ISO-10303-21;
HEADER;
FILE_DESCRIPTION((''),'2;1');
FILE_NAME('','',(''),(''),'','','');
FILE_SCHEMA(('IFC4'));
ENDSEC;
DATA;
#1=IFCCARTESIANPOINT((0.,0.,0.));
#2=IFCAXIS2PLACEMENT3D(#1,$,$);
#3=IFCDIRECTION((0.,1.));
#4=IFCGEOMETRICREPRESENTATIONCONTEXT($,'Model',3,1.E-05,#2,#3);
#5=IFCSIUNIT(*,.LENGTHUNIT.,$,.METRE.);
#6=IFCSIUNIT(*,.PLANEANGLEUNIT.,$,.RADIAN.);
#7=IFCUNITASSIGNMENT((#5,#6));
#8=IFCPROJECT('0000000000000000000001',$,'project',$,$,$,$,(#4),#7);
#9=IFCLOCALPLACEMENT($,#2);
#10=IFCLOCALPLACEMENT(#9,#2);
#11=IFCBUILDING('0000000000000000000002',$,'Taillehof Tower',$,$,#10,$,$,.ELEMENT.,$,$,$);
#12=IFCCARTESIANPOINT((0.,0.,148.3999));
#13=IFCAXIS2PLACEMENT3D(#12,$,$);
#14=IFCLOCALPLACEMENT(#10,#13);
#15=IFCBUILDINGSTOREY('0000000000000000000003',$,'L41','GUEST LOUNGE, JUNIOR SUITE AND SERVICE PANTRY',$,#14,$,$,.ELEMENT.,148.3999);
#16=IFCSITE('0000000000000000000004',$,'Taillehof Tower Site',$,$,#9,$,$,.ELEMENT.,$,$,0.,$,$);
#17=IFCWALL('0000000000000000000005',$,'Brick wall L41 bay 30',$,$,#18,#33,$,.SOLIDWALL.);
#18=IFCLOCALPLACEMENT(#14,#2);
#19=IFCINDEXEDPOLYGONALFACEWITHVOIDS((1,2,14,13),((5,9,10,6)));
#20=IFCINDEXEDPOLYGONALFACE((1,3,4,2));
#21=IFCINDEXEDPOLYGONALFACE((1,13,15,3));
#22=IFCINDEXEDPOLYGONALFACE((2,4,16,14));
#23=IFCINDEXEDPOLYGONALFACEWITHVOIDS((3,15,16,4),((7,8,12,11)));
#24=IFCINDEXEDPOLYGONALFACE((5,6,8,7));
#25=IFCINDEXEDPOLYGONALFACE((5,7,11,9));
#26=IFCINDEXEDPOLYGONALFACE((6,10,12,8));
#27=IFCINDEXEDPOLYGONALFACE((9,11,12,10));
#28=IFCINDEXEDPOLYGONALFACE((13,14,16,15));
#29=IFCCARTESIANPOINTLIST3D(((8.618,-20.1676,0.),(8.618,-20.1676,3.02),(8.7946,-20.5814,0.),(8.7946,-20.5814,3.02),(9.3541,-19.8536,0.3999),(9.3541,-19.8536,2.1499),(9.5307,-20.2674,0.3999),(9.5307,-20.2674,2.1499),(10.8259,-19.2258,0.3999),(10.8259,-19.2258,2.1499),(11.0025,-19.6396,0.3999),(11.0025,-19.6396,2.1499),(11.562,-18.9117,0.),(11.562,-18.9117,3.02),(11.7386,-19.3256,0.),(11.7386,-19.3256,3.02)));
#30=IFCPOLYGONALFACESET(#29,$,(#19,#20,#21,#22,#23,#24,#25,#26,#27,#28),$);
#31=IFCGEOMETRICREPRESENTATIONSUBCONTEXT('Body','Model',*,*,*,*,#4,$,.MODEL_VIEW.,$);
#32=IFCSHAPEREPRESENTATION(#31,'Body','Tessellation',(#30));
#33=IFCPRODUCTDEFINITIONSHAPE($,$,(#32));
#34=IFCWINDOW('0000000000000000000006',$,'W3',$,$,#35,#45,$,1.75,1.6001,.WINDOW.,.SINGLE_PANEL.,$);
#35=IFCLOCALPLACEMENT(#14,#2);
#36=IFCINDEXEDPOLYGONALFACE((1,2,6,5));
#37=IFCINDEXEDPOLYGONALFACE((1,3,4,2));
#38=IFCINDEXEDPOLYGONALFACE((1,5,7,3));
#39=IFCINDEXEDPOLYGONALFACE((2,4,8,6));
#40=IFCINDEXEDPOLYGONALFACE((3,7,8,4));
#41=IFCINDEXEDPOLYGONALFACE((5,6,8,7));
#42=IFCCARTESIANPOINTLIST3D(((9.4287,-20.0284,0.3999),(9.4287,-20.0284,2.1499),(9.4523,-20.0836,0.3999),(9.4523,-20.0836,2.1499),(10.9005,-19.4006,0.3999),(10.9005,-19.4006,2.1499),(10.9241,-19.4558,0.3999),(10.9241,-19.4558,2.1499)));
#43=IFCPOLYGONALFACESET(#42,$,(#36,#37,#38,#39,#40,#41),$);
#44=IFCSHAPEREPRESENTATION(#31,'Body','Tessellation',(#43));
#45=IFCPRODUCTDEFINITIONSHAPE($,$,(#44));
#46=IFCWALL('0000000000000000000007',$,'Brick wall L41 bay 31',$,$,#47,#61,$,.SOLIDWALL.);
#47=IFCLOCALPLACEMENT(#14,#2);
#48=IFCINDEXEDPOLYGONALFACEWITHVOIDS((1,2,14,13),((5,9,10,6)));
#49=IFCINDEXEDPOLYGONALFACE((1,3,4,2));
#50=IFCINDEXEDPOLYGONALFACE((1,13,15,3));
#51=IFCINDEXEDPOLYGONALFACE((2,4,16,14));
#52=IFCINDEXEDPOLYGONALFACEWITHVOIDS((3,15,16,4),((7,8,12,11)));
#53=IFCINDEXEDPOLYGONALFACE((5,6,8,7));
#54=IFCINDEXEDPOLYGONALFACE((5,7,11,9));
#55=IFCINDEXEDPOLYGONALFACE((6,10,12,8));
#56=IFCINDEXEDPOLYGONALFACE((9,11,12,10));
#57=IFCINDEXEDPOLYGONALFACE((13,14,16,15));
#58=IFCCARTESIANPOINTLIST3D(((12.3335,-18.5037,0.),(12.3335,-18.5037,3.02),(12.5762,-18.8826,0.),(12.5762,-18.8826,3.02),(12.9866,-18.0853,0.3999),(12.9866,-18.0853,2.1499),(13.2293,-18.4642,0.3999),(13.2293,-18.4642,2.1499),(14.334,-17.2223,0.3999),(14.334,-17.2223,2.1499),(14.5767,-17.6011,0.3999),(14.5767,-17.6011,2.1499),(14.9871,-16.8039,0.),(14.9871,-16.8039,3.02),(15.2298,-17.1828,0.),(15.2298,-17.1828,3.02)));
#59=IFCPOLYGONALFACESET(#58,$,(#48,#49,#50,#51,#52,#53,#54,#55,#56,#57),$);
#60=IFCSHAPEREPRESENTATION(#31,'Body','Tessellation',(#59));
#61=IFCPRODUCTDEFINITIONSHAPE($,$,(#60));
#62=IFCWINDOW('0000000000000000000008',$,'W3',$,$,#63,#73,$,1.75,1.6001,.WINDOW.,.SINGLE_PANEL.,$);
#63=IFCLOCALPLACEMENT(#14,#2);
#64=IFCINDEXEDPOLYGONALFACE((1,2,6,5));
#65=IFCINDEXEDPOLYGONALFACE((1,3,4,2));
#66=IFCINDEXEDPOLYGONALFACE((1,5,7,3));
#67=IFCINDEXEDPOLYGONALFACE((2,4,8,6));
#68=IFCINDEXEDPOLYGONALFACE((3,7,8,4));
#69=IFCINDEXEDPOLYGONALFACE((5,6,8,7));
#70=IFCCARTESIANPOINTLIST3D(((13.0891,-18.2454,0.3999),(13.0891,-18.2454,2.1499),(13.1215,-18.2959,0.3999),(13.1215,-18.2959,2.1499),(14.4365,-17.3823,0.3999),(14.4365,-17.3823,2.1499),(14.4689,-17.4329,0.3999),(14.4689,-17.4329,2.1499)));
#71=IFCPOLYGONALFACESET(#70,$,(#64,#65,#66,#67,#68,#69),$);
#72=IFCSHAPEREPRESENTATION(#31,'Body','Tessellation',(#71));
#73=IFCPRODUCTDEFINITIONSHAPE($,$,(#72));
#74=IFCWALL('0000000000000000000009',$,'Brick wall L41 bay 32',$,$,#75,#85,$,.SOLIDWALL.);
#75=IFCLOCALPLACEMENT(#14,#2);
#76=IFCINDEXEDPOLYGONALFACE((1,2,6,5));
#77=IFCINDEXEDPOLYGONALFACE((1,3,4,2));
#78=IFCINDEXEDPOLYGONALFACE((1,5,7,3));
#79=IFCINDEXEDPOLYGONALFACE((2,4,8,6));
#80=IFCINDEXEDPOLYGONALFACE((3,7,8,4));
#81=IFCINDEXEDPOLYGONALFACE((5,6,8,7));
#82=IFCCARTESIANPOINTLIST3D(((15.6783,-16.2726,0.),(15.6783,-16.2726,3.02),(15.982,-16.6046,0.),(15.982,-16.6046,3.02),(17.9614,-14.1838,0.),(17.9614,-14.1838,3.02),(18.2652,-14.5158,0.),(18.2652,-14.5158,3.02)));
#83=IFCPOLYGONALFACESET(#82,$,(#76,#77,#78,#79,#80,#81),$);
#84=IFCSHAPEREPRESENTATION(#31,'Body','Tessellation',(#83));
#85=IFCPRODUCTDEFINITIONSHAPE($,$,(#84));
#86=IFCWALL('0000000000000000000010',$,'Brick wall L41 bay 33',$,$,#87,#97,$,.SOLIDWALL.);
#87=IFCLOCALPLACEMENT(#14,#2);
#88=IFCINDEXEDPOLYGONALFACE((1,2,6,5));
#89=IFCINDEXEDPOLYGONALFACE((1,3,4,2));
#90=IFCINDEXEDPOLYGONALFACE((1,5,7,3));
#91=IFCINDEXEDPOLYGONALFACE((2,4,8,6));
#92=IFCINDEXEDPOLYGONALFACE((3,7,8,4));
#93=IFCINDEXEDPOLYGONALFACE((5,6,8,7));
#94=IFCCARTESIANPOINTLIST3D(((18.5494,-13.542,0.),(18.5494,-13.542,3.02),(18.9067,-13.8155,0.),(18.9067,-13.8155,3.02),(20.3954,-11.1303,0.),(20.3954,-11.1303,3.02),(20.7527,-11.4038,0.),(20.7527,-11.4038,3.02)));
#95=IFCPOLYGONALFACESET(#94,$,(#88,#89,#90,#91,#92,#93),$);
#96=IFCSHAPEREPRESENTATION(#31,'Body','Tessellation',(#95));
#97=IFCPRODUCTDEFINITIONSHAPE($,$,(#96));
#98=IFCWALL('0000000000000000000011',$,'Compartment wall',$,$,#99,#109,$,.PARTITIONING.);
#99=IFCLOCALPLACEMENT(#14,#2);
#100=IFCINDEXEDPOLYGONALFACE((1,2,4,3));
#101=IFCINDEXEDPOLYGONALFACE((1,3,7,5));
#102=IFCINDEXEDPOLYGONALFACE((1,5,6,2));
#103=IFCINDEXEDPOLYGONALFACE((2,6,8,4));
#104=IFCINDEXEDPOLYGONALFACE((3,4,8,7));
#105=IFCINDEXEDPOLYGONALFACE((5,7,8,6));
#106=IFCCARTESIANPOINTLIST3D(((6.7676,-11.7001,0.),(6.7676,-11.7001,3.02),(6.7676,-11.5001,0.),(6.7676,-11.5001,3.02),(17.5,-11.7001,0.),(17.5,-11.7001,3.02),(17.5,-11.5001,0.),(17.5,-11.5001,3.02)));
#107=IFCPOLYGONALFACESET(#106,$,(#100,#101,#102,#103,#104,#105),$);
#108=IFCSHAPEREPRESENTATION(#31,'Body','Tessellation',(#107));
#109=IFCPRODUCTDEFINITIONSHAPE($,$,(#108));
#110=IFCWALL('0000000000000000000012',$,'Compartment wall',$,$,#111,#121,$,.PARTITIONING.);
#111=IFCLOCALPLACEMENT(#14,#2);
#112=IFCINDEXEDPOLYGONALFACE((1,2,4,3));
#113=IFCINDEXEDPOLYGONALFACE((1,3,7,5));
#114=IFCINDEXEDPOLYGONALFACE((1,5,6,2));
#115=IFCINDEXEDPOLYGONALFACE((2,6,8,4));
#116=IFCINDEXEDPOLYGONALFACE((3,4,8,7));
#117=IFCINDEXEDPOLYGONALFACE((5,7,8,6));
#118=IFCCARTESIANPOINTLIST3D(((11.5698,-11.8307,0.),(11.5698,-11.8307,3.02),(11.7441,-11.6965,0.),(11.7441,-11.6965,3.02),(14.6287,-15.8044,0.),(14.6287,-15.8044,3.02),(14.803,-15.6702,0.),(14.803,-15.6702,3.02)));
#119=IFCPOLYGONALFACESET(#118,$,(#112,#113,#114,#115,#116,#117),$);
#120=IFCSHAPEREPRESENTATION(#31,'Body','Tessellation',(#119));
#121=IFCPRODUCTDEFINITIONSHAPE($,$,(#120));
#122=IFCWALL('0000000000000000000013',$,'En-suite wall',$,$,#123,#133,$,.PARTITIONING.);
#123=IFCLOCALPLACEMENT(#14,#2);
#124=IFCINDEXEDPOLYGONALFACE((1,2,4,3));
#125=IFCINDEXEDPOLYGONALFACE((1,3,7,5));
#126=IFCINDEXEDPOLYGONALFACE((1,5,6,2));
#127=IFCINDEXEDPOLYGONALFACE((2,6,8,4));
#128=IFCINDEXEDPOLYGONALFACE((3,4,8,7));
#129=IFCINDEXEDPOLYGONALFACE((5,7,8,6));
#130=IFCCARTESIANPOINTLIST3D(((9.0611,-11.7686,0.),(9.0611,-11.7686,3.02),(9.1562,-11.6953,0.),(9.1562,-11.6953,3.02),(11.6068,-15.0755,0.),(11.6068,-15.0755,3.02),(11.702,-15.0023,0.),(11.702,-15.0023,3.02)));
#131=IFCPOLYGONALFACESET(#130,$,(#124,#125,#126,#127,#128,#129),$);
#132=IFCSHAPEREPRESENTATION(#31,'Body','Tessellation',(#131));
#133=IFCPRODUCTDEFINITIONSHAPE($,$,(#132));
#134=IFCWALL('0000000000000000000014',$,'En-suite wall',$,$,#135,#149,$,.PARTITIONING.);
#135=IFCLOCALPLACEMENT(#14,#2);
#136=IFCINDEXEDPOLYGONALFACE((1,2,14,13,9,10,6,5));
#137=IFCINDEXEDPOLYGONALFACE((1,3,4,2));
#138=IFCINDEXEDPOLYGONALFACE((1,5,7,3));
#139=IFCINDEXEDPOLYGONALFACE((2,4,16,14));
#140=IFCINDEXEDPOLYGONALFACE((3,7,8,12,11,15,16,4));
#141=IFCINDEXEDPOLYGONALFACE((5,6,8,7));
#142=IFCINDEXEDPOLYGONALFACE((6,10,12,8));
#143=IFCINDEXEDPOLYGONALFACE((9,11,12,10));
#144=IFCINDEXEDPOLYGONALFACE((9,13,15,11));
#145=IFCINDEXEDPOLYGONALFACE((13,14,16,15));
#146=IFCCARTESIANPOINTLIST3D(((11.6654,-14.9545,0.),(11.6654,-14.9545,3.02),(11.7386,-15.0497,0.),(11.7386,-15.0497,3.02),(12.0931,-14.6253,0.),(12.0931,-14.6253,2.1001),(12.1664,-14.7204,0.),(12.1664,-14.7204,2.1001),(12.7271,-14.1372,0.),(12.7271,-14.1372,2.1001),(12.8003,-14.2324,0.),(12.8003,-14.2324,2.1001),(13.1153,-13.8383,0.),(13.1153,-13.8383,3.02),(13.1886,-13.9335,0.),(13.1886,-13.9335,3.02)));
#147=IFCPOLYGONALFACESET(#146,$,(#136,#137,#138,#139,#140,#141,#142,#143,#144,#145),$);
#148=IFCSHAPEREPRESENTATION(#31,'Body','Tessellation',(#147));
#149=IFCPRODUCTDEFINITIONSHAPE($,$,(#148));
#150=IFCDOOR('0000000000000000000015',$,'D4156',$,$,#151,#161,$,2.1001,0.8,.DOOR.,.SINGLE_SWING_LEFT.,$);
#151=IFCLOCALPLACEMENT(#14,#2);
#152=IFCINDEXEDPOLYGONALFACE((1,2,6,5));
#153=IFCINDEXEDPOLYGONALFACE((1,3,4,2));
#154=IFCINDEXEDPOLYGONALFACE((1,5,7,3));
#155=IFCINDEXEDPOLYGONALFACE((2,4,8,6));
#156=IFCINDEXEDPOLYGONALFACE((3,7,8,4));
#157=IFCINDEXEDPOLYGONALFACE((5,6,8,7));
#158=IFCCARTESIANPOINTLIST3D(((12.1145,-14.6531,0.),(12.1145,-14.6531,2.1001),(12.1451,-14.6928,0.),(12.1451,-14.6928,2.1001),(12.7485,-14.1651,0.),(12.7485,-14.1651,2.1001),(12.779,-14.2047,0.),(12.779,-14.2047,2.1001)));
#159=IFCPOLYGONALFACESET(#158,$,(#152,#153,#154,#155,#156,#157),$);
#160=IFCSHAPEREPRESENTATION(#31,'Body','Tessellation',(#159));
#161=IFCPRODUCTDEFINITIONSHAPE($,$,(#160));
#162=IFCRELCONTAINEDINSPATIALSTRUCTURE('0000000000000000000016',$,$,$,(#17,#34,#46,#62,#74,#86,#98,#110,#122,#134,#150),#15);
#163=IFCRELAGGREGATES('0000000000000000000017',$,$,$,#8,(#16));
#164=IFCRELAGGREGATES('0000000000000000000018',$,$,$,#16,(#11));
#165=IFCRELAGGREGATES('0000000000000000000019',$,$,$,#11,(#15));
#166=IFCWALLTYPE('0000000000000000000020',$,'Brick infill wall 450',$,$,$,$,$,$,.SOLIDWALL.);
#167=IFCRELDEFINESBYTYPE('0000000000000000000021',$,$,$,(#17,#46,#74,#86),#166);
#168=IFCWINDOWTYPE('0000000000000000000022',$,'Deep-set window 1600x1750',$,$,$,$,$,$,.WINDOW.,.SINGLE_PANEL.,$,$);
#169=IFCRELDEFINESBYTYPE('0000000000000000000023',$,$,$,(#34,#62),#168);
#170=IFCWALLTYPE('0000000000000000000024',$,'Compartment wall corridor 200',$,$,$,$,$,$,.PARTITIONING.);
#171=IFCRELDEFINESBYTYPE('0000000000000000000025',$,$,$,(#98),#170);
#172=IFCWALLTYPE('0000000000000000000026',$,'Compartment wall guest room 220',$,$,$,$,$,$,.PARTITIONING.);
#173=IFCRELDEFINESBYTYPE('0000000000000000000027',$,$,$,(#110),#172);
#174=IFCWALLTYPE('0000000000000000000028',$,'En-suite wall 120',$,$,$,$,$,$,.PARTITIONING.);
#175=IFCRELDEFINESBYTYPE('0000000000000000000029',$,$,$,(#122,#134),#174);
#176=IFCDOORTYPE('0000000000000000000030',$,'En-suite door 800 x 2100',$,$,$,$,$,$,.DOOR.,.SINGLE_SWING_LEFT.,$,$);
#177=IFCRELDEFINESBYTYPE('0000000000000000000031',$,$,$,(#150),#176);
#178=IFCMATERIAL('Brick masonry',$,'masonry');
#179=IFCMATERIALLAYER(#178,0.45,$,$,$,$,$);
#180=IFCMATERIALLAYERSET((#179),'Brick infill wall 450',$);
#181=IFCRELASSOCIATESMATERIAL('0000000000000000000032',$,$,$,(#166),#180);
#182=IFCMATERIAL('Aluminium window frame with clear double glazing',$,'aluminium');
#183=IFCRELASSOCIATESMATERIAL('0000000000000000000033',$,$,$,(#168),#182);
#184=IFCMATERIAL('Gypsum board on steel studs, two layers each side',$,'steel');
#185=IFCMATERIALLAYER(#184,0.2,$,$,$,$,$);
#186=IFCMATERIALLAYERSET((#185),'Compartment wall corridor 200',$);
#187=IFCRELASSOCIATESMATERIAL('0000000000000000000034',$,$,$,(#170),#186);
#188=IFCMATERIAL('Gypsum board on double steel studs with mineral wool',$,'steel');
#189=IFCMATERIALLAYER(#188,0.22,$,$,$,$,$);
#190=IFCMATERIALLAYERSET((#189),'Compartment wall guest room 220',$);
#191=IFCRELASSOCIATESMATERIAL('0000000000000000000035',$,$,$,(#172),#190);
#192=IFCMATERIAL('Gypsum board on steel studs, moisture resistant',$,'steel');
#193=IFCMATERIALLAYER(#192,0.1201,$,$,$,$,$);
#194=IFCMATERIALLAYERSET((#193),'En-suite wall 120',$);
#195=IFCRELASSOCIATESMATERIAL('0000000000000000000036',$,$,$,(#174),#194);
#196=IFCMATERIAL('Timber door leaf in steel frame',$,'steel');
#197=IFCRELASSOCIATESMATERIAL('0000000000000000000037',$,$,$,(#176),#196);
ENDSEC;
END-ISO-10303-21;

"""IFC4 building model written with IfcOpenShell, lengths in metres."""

from ifc_helpers import new_model, si_unit, direction, frame, frame_2d, origin, place, context, subcontext, project, spatial, rectangle, extrude, material, layer, layer_set, type_object, element, fill, save


model = new_model("IFC4")

# Units and contexts
model_context = context("Model", 3, precision=1e-05, world=origin(), true_north=direction((0.0, 1.0)))
body_context = subcontext(model_context, "Body", "Model", "MODEL_VIEW")
ifc_project = project(units=[si_unit("LENGTHUNIT", "METRE"), si_unit("PLANEANGLEUNIT", "RADIAN")], contexts=[model_context])

# Site, building, storey
site_placement = place(None, origin())
site = spatial("IfcSite", under=ifc_project, at=site_placement, Name="Taillehof Tower Site", CompositionType="ELEMENT", RefElevation=0.0)
building_placement = place(site_placement, origin())
building = spatial("IfcBuilding", under=site, at=building_placement, Name="Taillehof Tower", CompositionType="ELEMENT")
storey_placement = place(building_placement, frame((0.0, 0.0, 148.3999)))
storey = spatial("IfcBuildingStorey", under=building, at=storey_placement, Name="L41", Description="GUEST LOUNGE, JUNIOR SUITE AND SERVICE PANTRY", CompositionType="ELEMENT", Elevation=148.3999)

# Walls, openings, windows
ifc_material_1 = material(Name="Brick masonry", Category="masonry")
ifc_layer_1 = layer(ifc_material_1, 0.45)
ifc_layer_set_1 = layer_set([ifc_layer_1], Name="Brick infill wall 450")
wall_type_1 = type_object("IfcWallType", Name="Brick infill wall 450", PredefinedType="SOLIDWALL", material=ifc_layer_set_1)
wall_1_placement = place(storey_placement, frame((8.7063, -20.3745, 0.0), z_axis=(0.0, 0.0, 1.0), x_axis=(0.91981, 0.392363, 0.0)))
wall_1 = element("IfcWall", 1, at=wall_1_placement, inside=storey, type_object=wall_type_1, Name="Brick wall L41 bay 30", PredefinedType="SOLIDWALL", context=body_context, shape_type="SweptSolid", body=[
    extrude(rectangle(XDim=3.2007, YDim=0.45, at=frame_2d((1.6003, 0.0))), origin(), (0.0, 0.0, 1.0), 3.02),
])
opening_1_placement = place(wall_1_placement, frame((0.8003, 0.0, 0.3999)))
opening_1 = element("IfcOpeningElement", 2, at=opening_1_placement, cuts=wall_1, PredefinedType="OPENING", context=body_context, shape_type="SweptSolid", body=[
    extrude(rectangle(XDim=1.6001, YDim=1.75, at=frame_2d((0.8, 0.875))), frame((0.0, 0.2349, 0.0), z_axis=(0.0, -1.0, 0.0), x_axis=(1.0, 0.0, 0.0)), (0.0, 0.0, 1.0), 0.47),
])
ifc_material_2 = material(Name="Aluminium window frame with clear double glazing", Category="aluminium")
window_type = type_object("IfcWindowType", Name="Deep-set window 1600x1750", PartitioningType="SINGLE_PANEL", PredefinedType="WINDOW", material=ifc_material_2)
window_1_placement = place(opening_1_placement, origin())
window_1 = element("IfcWindow", 3, at=window_1_placement, inside=storey, type_object=window_type, Name="W3", OverallHeight=1.75, OverallWidth=1.6001, PartitioningType="SINGLE_PANEL", PredefinedType="WINDOW", context=body_context, shape_type="SweptSolid", body=[
    extrude(rectangle(XDim=1.6001, YDim=1.75, at=frame_2d((0.8, 0.875))), frame((0.0, 0.0349, 0.0), z_axis=(0.0, -1.0, 0.0), x_axis=(1.0, 0.0, 0.0)), (0.0, 0.0, 1.0), 0.0601),
])
fill(opening_1, window_1)
wall_2_placement = place(storey_placement, frame((12.4548, -18.6931, 0.0), z_axis=(0.0, 0.0, 1.0), x_axis=(0.842066, 0.539375, 0.0)))
wall_2 = element("IfcWall", 4, at=wall_2_placement, inside=storey, type_object=wall_type_1, Name="Brick wall L41 bay 31", PredefinedType="SOLIDWALL", context=body_context, shape_type="SweptSolid", body=[
    extrude(rectangle(XDim=3.1514, YDim=0.45, at=frame_2d((1.5757, 0.0))), origin(), (0.0, 0.0, 1.0), 3.02),
])
opening_2_placement = place(wall_2_placement, frame((0.7756, 0.0, 0.3999)))
opening_2 = element("IfcOpeningElement", 5, at=opening_2_placement, cuts=wall_2, PredefinedType="OPENING", context=body_context, shape_type="SweptSolid", body=[
    extrude(rectangle(XDim=1.6001, YDim=1.75, at=frame_2d((0.8, 0.875))), frame((0.0, 0.2349, 0.0), z_axis=(0.0, -1.0, 0.0), x_axis=(1.0, 0.0, 0.0)), (0.0, 0.0, 1.0), 0.47),
])
window_2_placement = place(opening_2_placement, origin())
window_2 = element("IfcWindow", 6, at=window_2_placement, inside=storey, type_object=window_type, Name="W3", OverallHeight=1.75, OverallWidth=1.6001, PartitioningType="SINGLE_PANEL", PredefinedType="WINDOW", context=body_context, shape_type="SweptSolid", body=[
    extrude(rectangle(XDim=1.6001, YDim=1.75, at=frame_2d((0.8, 0.875))), frame((0.0, 0.0349, 0.0), z_axis=(0.0, -1.0, 0.0), x_axis=(1.0, 0.0, 0.0)), (0.0, 0.0, 1.0), 0.0601),
])
fill(opening_2, window_2)

# Walls
wall_3_placement = place(storey_placement, frame((15.8301, -16.4387, 0.0), z_axis=(0.0, 0.0, 1.0), x_axis=(0.737809, 0.67501, 0.0)))
element("IfcWall", 7, at=wall_3_placement, inside=storey, type_object=wall_type_1, Name="Brick wall L41 bay 32", PredefinedType="SOLIDWALL", context=body_context, shape_type="SweptSolid", body=[
    extrude(rectangle(XDim=3.0945, YDim=0.45, at=frame_2d((1.5474, 0.0))), origin(), (0.0, 0.0, 1.0), 3.02),
])
wall_4_placement = place(storey_placement, frame((18.728, -13.6787, 0.0), z_axis=(0.0, 0.0, 1.0), x_axis=(0.607817, 0.794077, 0.0)))
element("IfcWall", 8, at=wall_4_placement, inside=storey, type_object=wall_type_1, Name="Brick wall L41 bay 33", PredefinedType="SOLIDWALL", context=body_context, shape_type="SweptSolid", body=[
    extrude(rectangle(XDim=3.0371, YDim=0.45, at=frame_2d((1.5186, 0.0))), origin(), (0.0, 0.0, 1.0), 3.02),
])
ifc_material_3 = material(Name="Gypsum board on steel studs, two layers each side", Category="steel")
ifc_layer_2 = layer(ifc_material_3, 0.2)
ifc_layer_set_2 = layer_set([ifc_layer_2], Name="Compartment wall corridor 200")
wall_type_2 = type_object("IfcWallType", Name="Compartment wall corridor 200", PredefinedType="PARTITIONING", material=ifc_layer_set_2)
wall_5_placement = place(storey_placement, frame((17.5, -11.6001, 0.0), z_axis=(0.0, 0.0, 1.0), x_axis=(-1.0, 0.0, 0.0)))
element("IfcWall", 9, at=wall_5_placement, inside=storey, type_object=wall_type_2, Name="Compartment wall", PredefinedType="PARTITIONING", context=body_context, shape_type="SweptSolid", body=[
    extrude(rectangle(XDim=10.7324, YDim=0.2, at=frame_2d((5.3662, 0.0))), origin(), (0.0, 0.0, 1.0), 3.02),
])
ifc_material_4 = material(Name="Gypsum board on double steel studs with mineral wool", Category="steel")
ifc_layer_3 = layer(ifc_material_4, 0.22)
ifc_layer_set_3 = layer_set([ifc_layer_3], Name="Compartment wall guest room 220")
wall_type_3 = type_object("IfcWallType", Name="Compartment wall guest room 220", PredefinedType="PARTITIONING", material=ifc_layer_set_3)
wall_6_placement = place(storey_placement, frame((14.7158, -15.7373, 0.0), z_axis=(0.0, 0.0, 1.0), x_axis=(-0.609986, 0.792412, 0.0)))
element("IfcWall", 10, at=wall_6_placement, inside=storey, type_object=wall_type_3, Name="Compartment wall", PredefinedType="PARTITIONING", context=body_context, shape_type="SweptSolid", body=[
    extrude(rectangle(XDim=5.0146, YDim=0.22, at=frame_2d((2.5073, 0.0))), origin(), (0.0, 0.0, 1.0), 3.02),
])
ifc_material_5 = material(Name="Gypsum board on steel studs, moisture resistant", Category="steel")
ifc_layer_4 = layer(ifc_material_5, 0.1201)
ifc_layer_set_4 = layer_set([ifc_layer_4], Name="En-suite wall 120")
wall_type_4 = type_object("IfcWallType", Name="En-suite wall 120", PredefinedType="PARTITIONING", material=ifc_layer_set_4)
wall_7_placement = place(storey_placement, frame((9.1086, -11.7319, 0.0), z_axis=(0.0, 0.0, 1.0), x_axis=(0.609996, -0.792404, 0.0)))
element("IfcWall", 11, at=wall_7_placement, inside=storey, type_object=wall_type_4, Name="En-suite wall", PredefinedType="PARTITIONING", context=body_context, shape_type="SweptSolid", body=[
    extrude(rectangle(XDim=4.1733, YDim=0.1201, at=frame_2d((2.0867, 0.0))), origin(), (0.0, 0.0, 1.0), 3.02),
])

# Wall, opening, door
wall_8_placement = place(storey_placement, frame((11.7019, -15.0022, 0.0), z_axis=(0.0, 0.0, 1.0), x_axis=(0.792396, 0.610007, 0.0)))
wall_8 = element("IfcWall", 12, at=wall_8_placement, inside=storey, type_object=wall_type_4, Name="En-suite wall", PredefinedType="PARTITIONING", context=body_context, shape_type="SweptSolid", body=[
    extrude(rectangle(XDim=1.8298, YDim=0.1201, at=frame_2d((0.915, 0.0))), origin(), (0.0, 0.0, 1.0), 3.02),
])
opening_3_placement = place(wall_8_placement, frame((0.54, 0.0, 0.0)))
opening_3 = element("IfcOpeningElement", 13, at=opening_3_placement, cuts=wall_8, PredefinedType="OPENING", context=body_context, shape_type="SweptSolid", body=[
    extrude(rectangle(XDim=0.8, YDim=2.1001, at=frame_2d((0.3999, 1.05))), frame((0.0, 0.0701, 0.0), z_axis=(0.0, -1.0, 0.0), x_axis=(1.0, 0.0, 0.0)), (0.0, 0.0, 1.0), 0.1401),
])
ifc_material_6 = material(Name="Timber door leaf in steel frame", Category="steel")
door_type = type_object("IfcDoorType", Name="En-suite door 800 x 2100", OperationType="SINGLE_SWING_LEFT", PredefinedType="DOOR", material=ifc_material_6)
door_placement = place(opening_3_placement, origin())
door = element("IfcDoor", 14, at=door_placement, inside=storey, type_object=door_type, Name="D4156", OperationType="SINGLE_SWING_LEFT", OverallHeight=2.1001, OverallWidth=0.8, PredefinedType="DOOR", context=body_context, shape_type="SweptSolid", body=[
    extrude(rectangle(XDim=0.8, YDim=2.1001, at=frame_2d((0.3999, 1.05))), frame((0.0, 0.0249, 0.0), z_axis=(0.0, -1.0, 0.0), x_axis=(1.0, 0.0, 0.0)), (0.0, 0.0, 1.0), 0.05),
])
fill(opening_3, door)

save(model, "model.ifc")
